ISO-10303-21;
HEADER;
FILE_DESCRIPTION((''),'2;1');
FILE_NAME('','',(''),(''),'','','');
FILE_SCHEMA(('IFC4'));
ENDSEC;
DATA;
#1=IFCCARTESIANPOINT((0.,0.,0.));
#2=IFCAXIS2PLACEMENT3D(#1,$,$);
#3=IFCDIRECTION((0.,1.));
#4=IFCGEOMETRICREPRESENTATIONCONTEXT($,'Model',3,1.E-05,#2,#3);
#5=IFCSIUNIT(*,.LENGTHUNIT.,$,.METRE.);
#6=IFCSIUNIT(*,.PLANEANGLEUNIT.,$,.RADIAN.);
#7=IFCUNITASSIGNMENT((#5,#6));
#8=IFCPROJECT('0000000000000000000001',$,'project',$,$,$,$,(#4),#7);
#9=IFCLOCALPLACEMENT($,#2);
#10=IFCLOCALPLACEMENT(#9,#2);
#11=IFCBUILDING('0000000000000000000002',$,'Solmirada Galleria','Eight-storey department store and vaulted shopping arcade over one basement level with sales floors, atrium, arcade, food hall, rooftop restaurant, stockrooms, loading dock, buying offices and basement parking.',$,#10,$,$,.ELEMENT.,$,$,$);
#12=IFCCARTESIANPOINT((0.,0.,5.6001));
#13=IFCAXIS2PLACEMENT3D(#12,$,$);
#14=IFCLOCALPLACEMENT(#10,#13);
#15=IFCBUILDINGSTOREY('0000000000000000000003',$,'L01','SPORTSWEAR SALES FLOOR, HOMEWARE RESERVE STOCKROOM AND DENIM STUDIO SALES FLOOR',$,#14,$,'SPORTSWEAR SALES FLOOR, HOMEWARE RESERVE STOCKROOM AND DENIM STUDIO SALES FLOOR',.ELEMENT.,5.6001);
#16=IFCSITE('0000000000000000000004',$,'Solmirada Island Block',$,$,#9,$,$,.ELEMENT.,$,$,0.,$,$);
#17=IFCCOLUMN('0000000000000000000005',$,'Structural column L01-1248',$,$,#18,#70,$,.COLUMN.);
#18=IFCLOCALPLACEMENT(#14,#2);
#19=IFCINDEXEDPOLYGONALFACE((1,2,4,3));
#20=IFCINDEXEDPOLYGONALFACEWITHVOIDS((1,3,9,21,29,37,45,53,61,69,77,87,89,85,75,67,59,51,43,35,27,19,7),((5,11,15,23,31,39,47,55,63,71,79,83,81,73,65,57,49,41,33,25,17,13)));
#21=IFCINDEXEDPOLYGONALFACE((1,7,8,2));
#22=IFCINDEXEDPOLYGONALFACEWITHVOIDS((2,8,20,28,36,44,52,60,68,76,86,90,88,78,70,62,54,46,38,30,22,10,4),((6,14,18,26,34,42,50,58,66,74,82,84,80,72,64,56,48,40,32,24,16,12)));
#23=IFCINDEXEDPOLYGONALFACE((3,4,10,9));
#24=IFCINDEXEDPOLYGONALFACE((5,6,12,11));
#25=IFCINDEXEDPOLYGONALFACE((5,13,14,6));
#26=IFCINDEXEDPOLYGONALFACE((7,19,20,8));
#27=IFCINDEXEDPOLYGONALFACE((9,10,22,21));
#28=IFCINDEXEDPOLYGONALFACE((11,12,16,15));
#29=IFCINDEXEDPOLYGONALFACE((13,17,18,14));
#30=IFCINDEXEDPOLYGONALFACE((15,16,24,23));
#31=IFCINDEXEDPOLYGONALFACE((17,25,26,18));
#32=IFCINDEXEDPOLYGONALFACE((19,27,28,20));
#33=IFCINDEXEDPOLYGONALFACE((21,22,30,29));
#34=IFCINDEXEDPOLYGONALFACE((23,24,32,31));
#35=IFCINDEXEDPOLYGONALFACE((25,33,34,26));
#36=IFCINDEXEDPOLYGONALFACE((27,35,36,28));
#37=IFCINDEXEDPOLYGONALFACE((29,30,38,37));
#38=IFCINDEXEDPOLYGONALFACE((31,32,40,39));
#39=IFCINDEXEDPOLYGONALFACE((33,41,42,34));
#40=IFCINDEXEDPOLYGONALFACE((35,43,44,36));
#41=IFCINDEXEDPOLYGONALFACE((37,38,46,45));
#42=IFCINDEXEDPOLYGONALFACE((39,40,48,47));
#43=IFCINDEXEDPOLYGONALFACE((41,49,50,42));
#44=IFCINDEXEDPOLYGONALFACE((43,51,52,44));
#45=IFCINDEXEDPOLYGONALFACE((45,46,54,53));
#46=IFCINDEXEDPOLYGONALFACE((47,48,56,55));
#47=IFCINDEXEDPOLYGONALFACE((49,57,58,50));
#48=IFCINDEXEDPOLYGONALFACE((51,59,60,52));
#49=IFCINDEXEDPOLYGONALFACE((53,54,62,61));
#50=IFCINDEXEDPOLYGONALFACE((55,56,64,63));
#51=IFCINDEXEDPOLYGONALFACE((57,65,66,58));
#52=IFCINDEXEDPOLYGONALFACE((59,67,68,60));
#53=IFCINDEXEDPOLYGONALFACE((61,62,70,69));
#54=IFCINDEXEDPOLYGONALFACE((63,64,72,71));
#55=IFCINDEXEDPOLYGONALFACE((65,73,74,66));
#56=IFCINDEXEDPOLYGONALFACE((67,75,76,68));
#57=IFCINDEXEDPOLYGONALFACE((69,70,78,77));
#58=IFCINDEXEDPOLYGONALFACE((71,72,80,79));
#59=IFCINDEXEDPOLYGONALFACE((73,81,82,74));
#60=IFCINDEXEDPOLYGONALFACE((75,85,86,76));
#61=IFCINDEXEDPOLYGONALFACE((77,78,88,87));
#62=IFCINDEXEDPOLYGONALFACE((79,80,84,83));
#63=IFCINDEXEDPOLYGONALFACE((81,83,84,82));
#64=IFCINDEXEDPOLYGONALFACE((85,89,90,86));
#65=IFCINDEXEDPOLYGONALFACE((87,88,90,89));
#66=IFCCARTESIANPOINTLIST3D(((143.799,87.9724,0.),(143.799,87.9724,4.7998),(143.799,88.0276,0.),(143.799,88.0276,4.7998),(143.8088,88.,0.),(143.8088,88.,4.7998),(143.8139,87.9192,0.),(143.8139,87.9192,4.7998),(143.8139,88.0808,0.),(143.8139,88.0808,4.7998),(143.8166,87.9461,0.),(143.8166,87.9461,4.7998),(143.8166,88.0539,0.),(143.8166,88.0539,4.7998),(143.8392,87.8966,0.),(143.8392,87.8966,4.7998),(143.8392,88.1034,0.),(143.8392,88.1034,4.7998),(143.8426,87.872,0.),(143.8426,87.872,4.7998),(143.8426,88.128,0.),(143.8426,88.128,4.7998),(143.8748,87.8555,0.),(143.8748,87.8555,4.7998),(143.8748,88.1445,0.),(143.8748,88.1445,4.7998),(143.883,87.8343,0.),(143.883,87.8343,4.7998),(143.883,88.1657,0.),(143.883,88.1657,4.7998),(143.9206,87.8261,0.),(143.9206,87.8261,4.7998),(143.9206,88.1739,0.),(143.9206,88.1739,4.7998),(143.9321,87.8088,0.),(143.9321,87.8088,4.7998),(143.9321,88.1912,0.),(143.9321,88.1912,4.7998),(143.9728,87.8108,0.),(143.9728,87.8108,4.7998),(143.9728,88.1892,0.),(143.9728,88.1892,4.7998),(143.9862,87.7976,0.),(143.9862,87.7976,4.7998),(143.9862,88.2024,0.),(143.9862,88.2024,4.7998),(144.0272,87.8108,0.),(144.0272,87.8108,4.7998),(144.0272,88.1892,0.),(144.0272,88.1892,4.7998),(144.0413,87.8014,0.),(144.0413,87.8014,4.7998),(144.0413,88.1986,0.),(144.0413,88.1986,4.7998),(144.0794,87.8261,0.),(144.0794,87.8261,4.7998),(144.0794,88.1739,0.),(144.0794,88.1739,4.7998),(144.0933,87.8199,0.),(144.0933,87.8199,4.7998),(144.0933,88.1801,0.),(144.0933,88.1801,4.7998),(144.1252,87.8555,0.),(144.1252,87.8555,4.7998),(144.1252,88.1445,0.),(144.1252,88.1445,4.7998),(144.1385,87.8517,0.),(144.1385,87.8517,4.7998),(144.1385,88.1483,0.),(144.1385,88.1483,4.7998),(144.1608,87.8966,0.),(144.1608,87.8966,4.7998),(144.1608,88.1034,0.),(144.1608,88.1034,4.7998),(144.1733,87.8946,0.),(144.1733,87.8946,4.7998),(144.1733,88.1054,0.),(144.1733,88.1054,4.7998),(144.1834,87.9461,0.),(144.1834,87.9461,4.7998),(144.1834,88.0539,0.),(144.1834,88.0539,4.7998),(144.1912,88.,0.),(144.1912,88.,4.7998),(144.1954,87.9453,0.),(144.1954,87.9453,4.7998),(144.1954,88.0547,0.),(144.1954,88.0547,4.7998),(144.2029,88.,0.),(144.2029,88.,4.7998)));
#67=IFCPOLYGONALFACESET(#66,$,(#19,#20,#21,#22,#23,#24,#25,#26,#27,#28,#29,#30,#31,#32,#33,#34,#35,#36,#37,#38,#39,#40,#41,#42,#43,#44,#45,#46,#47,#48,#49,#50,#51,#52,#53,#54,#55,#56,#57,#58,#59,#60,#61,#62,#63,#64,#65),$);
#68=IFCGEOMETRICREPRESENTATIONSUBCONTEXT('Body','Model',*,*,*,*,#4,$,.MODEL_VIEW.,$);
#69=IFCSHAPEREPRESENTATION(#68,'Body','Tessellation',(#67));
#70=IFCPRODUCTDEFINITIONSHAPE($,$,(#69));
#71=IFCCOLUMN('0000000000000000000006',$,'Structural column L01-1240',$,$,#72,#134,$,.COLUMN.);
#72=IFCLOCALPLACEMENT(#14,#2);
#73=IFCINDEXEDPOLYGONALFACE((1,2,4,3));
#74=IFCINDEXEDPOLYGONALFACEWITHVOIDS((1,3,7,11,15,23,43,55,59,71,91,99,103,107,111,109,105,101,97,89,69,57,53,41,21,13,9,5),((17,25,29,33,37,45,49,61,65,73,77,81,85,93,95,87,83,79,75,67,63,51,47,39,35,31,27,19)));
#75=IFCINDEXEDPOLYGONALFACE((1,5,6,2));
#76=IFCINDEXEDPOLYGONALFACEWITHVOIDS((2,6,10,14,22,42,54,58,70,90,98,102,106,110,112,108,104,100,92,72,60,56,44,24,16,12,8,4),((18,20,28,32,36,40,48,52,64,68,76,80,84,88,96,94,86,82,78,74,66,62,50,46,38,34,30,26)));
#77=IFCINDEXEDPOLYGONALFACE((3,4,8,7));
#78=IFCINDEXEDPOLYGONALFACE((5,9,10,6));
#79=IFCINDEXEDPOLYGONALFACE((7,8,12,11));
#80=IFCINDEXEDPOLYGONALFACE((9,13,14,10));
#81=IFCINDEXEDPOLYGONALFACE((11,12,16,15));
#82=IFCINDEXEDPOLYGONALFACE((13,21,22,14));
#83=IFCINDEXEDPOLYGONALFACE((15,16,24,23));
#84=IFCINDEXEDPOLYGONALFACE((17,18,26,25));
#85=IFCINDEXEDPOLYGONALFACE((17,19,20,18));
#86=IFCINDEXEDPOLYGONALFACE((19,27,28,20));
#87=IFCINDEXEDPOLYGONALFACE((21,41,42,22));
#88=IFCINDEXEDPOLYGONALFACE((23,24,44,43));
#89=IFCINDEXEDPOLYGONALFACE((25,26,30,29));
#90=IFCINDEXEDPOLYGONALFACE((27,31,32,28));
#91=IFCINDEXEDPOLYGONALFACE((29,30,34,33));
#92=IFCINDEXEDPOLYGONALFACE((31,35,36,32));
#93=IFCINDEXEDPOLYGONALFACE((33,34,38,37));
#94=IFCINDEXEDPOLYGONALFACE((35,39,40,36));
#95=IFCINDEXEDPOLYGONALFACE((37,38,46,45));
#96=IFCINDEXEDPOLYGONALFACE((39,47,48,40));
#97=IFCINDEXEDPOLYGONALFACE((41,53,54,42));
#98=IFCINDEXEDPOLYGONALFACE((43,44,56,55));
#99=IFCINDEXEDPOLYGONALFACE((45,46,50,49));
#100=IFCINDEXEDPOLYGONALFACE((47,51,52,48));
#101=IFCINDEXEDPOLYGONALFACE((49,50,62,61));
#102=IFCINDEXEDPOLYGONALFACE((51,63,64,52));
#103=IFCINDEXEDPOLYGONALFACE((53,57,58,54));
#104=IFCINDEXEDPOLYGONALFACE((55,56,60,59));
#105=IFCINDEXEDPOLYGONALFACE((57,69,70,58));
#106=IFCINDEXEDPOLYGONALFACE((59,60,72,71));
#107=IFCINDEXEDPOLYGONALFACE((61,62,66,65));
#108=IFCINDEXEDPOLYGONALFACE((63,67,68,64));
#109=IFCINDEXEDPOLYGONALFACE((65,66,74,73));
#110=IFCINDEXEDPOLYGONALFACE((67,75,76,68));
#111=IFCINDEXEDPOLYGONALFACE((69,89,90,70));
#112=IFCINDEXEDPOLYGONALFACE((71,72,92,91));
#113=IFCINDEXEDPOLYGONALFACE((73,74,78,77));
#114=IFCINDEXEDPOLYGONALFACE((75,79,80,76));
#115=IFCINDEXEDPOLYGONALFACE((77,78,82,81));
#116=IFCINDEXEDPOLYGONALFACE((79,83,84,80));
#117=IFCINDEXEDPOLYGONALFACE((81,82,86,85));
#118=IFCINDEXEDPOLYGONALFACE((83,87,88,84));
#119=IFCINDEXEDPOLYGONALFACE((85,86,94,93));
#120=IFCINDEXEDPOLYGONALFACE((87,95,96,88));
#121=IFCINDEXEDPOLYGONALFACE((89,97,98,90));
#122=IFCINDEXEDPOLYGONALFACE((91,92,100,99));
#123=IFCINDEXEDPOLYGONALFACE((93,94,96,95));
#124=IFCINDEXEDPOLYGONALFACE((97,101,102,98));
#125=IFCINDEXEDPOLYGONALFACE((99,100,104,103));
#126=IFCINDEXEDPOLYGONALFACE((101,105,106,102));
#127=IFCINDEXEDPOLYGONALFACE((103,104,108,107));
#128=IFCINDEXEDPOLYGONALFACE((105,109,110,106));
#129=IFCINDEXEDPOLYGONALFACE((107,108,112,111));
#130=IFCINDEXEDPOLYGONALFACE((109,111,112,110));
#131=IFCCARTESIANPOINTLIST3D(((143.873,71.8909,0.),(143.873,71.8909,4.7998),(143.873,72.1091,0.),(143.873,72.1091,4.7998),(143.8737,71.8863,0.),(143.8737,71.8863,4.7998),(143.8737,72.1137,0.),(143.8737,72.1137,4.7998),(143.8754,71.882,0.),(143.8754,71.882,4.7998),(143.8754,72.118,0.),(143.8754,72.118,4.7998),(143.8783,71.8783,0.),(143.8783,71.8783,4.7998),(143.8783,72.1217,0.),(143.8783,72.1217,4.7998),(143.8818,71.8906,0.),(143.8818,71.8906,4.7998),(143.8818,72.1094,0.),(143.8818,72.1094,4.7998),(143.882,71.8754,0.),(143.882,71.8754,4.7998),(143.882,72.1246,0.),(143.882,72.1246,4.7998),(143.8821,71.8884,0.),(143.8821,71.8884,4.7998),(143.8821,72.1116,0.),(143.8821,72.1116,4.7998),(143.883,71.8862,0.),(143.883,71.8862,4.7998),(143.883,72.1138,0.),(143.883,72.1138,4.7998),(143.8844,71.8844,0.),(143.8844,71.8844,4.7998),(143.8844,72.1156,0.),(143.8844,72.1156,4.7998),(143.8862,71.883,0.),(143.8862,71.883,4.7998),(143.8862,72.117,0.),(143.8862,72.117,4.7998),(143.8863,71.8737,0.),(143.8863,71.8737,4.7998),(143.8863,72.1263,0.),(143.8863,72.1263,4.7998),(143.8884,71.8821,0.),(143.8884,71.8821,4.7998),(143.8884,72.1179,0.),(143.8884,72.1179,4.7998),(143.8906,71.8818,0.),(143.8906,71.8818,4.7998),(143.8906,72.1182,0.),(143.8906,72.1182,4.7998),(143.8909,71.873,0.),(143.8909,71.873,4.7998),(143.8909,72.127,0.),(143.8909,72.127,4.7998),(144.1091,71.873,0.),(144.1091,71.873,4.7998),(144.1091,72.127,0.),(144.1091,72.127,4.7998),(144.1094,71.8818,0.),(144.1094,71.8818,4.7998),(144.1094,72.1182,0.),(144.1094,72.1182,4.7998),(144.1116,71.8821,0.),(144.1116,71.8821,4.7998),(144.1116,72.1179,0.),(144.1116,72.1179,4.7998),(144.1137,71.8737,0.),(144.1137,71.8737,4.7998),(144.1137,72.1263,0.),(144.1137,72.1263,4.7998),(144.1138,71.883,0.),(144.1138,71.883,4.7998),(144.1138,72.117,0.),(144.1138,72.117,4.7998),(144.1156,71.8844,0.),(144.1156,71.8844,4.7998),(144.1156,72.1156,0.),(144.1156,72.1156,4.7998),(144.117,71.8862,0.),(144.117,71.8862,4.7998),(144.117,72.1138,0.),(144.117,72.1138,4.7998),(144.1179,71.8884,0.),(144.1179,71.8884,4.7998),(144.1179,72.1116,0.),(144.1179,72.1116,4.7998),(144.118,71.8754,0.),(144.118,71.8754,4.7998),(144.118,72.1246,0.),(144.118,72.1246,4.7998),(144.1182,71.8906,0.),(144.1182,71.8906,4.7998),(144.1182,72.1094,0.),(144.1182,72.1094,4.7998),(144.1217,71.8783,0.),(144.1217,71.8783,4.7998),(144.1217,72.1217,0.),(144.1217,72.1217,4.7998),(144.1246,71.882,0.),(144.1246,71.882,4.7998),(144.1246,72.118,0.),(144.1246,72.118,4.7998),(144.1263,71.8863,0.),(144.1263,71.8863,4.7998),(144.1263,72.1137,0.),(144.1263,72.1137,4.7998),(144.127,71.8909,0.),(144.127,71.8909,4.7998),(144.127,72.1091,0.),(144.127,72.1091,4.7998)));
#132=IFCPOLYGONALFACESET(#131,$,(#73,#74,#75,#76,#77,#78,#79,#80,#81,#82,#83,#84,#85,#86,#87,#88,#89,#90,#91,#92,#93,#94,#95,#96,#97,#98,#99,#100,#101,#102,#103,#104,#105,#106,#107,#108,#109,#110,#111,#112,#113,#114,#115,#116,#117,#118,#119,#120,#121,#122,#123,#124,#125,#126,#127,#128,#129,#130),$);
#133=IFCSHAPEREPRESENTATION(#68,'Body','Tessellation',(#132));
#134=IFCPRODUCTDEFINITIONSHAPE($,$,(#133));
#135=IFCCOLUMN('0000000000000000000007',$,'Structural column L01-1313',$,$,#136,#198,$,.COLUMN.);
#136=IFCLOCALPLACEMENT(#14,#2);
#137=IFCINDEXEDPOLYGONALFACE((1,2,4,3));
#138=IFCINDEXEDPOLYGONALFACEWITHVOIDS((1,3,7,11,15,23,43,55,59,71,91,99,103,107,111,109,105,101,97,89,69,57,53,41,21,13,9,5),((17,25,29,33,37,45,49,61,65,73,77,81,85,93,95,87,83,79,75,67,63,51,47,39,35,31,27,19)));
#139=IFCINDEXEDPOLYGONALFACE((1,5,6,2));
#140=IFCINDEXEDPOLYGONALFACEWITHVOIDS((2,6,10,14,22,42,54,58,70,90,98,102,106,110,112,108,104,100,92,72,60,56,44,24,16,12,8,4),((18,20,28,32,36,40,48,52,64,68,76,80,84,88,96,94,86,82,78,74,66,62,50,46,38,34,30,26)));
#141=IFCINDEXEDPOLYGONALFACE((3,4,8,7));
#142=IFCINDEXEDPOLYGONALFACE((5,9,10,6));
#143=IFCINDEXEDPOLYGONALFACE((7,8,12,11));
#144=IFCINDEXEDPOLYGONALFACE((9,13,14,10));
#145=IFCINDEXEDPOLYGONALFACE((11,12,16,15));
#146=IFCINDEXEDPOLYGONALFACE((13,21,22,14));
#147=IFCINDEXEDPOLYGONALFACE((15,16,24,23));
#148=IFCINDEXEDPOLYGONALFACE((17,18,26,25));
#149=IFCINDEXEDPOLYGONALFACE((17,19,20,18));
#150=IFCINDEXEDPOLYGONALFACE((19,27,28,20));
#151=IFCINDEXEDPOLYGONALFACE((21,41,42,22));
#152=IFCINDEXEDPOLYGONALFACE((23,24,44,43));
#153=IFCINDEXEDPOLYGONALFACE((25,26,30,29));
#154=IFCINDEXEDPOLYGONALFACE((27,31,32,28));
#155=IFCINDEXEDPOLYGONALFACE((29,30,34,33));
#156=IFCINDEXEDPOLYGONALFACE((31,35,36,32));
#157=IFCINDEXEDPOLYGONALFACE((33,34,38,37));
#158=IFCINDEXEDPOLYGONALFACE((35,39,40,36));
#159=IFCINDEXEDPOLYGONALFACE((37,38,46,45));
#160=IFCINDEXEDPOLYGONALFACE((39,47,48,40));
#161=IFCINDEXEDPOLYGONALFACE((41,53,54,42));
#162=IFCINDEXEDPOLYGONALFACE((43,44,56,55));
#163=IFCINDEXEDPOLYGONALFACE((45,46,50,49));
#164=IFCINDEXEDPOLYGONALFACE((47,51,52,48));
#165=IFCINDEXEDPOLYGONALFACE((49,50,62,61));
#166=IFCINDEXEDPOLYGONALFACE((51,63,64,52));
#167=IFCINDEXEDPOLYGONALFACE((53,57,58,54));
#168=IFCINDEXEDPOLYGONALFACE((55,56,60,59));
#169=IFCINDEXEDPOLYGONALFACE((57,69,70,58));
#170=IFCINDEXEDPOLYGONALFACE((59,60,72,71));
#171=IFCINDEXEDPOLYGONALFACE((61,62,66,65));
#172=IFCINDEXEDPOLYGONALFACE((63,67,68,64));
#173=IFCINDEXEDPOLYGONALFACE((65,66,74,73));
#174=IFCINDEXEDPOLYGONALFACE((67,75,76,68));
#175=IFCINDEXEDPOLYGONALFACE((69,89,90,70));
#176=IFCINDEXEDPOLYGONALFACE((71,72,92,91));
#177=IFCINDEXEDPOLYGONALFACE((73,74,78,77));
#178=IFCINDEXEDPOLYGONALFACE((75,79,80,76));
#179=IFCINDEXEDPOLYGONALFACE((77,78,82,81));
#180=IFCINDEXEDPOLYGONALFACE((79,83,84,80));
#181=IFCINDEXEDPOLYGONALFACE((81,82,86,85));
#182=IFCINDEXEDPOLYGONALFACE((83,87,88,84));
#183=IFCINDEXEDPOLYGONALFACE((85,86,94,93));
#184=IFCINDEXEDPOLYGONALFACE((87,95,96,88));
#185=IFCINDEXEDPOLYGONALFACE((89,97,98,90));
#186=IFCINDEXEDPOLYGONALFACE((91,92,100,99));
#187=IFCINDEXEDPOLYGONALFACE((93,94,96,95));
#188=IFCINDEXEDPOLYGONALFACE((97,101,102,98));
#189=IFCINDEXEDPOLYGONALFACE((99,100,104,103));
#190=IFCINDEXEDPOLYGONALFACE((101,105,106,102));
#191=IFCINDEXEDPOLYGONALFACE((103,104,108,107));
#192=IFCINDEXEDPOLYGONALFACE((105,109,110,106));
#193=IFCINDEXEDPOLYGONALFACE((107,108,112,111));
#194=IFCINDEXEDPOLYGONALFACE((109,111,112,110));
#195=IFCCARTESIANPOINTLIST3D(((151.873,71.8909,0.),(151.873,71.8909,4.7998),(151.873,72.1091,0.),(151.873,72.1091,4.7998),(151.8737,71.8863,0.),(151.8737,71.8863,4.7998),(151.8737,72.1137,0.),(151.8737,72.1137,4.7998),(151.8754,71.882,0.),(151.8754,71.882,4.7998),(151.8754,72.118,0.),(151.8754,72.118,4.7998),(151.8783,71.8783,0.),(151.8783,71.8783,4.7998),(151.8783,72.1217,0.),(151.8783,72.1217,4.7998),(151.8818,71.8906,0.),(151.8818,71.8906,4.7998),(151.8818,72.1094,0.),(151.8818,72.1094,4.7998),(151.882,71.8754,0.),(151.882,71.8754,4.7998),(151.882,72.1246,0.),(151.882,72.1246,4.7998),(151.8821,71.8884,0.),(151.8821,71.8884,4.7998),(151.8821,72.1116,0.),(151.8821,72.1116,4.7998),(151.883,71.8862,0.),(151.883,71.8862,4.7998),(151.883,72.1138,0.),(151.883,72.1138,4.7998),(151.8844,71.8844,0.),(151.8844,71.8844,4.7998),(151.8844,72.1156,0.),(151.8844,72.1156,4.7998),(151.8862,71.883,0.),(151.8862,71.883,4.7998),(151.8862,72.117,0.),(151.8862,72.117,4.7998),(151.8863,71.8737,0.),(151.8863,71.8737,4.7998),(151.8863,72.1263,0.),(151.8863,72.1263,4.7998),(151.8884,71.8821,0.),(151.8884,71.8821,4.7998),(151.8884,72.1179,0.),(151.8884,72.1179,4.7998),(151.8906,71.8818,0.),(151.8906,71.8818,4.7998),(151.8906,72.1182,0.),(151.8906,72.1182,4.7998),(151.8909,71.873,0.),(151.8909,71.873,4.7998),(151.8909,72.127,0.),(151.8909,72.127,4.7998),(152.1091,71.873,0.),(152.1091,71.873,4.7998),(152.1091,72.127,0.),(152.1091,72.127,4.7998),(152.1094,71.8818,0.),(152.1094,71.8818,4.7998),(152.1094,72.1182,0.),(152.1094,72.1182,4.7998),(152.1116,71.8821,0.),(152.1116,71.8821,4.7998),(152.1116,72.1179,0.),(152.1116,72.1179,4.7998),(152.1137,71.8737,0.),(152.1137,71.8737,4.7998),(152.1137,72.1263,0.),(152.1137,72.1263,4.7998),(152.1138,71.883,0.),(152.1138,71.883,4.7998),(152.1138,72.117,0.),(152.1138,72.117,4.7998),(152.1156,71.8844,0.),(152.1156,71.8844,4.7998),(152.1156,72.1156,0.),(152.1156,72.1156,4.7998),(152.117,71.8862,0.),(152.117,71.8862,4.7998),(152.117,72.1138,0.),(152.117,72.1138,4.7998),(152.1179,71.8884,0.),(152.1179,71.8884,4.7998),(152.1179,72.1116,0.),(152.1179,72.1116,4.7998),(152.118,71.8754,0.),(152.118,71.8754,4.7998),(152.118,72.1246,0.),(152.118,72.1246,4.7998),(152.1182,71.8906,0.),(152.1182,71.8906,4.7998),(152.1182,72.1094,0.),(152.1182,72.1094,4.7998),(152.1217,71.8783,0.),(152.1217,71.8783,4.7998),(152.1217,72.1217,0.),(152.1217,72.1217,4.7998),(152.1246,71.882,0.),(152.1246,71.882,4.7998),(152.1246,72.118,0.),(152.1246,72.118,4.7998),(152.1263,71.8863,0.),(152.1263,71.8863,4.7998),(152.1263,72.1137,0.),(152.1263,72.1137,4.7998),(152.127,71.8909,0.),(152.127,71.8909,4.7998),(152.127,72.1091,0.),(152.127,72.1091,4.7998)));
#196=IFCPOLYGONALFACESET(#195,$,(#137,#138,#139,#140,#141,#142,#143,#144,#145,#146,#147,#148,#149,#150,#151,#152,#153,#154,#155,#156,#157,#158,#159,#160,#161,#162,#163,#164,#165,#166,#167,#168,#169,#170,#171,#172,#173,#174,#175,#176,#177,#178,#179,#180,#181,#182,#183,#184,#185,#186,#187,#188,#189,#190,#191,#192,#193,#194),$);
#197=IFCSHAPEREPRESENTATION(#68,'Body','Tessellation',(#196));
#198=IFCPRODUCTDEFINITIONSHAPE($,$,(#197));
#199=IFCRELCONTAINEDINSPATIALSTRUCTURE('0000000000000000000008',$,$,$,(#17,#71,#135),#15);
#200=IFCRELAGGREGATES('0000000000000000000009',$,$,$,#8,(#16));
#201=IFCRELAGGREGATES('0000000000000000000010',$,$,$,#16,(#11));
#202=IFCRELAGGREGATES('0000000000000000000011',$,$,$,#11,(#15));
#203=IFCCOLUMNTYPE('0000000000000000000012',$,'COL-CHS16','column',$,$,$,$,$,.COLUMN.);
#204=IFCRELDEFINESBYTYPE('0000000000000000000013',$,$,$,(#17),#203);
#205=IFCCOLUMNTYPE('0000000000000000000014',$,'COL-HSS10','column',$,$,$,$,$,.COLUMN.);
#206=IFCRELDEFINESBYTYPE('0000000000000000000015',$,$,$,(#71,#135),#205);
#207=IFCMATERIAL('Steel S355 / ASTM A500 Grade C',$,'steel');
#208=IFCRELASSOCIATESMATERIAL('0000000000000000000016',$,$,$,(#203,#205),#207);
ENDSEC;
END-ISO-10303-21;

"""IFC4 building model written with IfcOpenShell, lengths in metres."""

from ifc_helpers import new_model, si_unit, direction, frame, origin, origin_2d, place, context, subcontext, project, spatial, hollow_rectangle, hollow_circle, extrude, material, material_profile, profile_set, type_object, element, save


model = new_model("IFC4")

# Units and contexts
model_context = context("Model", 3, precision=1e-05, world=origin(), true_north=direction((0.0, 1.0)))
body_context = subcontext(model_context, "Body", "Model", "MODEL_VIEW")
ifc_project = project(units=[si_unit("LENGTHUNIT", "METRE"), si_unit("PLANEANGLEUNIT", "RADIAN")], contexts=[model_context])

# Site, building, storey
site_placement = place(None, origin())
site = spatial("IfcSite", under=ifc_project, at=site_placement, Name="Solmirada Island Block", CompositionType="ELEMENT", RefElevation=0.0)
building_placement = place(site_placement, origin())
building = spatial("IfcBuilding", under=site, at=building_placement, Name="Solmirada Galleria", Description="Eight-storey department store and vaulted shopping arcade over one basement level with sales floors, atrium, arcade, food hall, rooftop restaurant, stockrooms, loading dock, buying offices and basement parking.", CompositionType="ELEMENT")
storey_placement = place(building_placement, frame((0.0, 0.0, 5.6001)))
storey = spatial("IfcBuildingStorey", under=building, at=storey_placement, Name="L01", Description="SPORTSWEAR SALES FLOOR, HOMEWARE RESERVE STOCKROOM AND DENIM STUDIO SALES FLOOR", LongName="SPORTSWEAR SALES FLOOR, HOMEWARE RESERVE STOCKROOM AND DENIM STUDIO SALES FLOOR", CompositionType="ELEMENT", Elevation=5.6001)

# Columns
ifc_material_1 = material(Name="Steel S355 / ASTM A500 Grade C", Category="steel")
ifc_material_profile_1 = material_profile(ifc_material_1, hollow_circle(Radius=0.2029, WallThickness=0.0117, at=origin_2d()), Name="HSS16.000X0.500")
ifc_profile_set_1 = profile_set([ifc_material_profile_1], Name="Steel S355 / ASTM A500 Grade C")
column_type_1 = type_object("IfcColumnType", Name="COL-CHS16", Description="column", PredefinedType="COLUMN", material=ifc_profile_set_1)
column_placement = place(storey_placement, frame((144.0, 88.0, 0.0), z_axis=(0.0, 0.0, 1.0), x_axis=(1.0, 0.0, 0.0)))
element("IfcColumn", 1, at=column_placement, inside=storey, type_object=column_type_1, Name="Structural column L01-1248", PredefinedType="COLUMN", context=body_context, shape_type="SweptSolid", body=[
    extrude(hollow_circle(Radius=0.2029, WallThickness=0.0117, at=origin_2d()), origin(), (0.0, 0.0, 1.0), 4.7998),
])
ifc_material_profile_2 = material_profile(ifc_material_1, hollow_rectangle(XDim=0.2539, YDim=0.2539, WallThickness=0.0088, InnerFilletRadius=0.0088, OuterFilletRadius=0.0178, at=origin_2d()), Name="HSS10X10X3/8")
ifc_profile_set_2 = profile_set([ifc_material_profile_2], Name="Steel S355 / ASTM A500 Grade C")
column_type_2 = type_object("IfcColumnType", Name="COL-HSS10", Description="column", PredefinedType="COLUMN", material=ifc_profile_set_2)
for number, where, z_axis, x_axis, name in (
    (2, (144.0, 72.0, 0.0), (0.0, 0.0, 1.0), (1.0, 0.0, 0.0), "Structural column L01-1240"),
    (3, (152.0, 72.0, 0.0), (0.0, 0.0, 1.0), (1.0, 0.0, 0.0), "Structural column L01-1313"),
):
    element("IfcColumn", number, at=place(storey_placement, frame(where, z_axis=z_axis, x_axis=x_axis)), inside=storey, type_object=column_type_2, Name=name, PredefinedType="COLUMN", context=body_context, shape_type="SweptSolid", body=[
        extrude(hollow_rectangle(XDim=0.2539, YDim=0.2539, WallThickness=0.0088, InnerFilletRadius=0.0088, OuterFilletRadius=0.0178, at=origin_2d()), origin(), (0.0, 0.0, 1.0), 4.7998),
    ])

save(model, "model.ifc")
